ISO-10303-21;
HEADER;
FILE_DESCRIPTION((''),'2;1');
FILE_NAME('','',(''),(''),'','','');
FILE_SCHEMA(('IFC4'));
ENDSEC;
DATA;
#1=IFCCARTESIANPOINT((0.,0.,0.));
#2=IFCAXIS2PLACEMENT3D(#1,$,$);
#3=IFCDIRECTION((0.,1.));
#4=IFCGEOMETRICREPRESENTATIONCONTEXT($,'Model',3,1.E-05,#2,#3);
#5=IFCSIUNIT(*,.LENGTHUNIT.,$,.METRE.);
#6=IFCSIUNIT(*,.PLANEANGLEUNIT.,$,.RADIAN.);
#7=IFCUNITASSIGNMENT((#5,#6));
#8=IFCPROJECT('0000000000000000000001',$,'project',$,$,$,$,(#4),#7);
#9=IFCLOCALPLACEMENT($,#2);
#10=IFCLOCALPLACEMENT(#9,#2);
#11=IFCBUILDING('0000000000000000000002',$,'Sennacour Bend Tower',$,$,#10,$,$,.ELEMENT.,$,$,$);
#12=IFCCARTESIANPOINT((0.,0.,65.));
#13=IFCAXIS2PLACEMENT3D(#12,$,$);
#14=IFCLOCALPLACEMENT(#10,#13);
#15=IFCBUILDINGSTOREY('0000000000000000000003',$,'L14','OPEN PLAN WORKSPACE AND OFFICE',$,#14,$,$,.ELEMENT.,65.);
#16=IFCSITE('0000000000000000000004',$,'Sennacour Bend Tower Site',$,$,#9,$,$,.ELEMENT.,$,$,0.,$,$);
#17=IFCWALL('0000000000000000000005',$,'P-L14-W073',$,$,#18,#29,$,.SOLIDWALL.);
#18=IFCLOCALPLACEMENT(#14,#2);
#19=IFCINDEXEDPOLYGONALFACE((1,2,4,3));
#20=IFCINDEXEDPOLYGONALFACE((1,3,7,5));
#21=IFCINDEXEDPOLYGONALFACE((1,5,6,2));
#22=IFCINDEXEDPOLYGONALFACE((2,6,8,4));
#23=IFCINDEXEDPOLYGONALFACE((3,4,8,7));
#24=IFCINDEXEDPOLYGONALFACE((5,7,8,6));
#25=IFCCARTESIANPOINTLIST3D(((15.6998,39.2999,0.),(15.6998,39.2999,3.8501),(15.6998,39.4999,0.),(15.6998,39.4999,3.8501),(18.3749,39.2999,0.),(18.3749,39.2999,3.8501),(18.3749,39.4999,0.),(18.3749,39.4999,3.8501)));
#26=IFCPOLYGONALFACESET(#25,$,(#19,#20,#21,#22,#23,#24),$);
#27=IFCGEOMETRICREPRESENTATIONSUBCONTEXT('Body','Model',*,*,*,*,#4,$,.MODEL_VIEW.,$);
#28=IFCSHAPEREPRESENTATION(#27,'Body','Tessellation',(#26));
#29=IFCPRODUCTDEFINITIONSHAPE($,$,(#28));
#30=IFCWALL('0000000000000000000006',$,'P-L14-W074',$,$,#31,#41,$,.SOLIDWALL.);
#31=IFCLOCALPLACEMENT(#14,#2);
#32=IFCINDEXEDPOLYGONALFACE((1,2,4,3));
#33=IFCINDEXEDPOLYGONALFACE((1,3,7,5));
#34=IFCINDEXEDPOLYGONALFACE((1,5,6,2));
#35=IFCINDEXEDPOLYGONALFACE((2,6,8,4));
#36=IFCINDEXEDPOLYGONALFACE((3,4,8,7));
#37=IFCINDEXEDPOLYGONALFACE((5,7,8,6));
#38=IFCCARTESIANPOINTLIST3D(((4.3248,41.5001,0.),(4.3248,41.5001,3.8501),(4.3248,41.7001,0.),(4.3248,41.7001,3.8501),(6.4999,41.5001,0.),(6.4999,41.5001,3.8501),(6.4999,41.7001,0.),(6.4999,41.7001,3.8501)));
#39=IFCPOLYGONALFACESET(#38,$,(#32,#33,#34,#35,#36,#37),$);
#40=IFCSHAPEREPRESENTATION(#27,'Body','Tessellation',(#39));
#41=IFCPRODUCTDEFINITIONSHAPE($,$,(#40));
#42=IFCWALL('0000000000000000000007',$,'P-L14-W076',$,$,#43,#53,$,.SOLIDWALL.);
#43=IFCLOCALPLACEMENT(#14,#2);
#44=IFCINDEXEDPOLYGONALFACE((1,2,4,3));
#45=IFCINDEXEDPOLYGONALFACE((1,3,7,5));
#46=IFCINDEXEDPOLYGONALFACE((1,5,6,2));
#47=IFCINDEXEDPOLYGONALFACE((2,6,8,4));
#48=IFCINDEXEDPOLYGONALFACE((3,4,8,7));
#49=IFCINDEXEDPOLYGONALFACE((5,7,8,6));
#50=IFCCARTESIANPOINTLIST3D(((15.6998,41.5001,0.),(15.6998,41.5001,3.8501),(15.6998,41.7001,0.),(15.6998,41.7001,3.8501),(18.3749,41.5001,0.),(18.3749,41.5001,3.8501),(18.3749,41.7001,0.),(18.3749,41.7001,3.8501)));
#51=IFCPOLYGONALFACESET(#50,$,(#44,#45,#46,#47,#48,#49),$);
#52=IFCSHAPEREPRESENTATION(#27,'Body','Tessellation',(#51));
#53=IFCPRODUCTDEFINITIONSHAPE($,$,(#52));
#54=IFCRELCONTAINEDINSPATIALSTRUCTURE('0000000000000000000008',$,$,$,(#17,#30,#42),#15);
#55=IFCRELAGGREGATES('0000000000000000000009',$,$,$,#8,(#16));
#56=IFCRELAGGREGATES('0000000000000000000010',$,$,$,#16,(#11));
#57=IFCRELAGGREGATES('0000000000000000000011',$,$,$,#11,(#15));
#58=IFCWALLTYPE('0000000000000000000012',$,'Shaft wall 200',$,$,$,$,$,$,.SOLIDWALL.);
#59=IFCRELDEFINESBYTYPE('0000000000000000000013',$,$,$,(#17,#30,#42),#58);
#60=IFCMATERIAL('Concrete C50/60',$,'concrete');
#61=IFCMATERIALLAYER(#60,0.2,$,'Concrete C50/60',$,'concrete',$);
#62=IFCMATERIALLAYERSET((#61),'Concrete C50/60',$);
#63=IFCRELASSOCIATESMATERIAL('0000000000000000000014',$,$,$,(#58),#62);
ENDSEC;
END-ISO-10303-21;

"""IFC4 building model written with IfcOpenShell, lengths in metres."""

from ifc_helpers import new_model, si_unit, direction, frame, frame_2d, origin, place, context, subcontext, project, spatial, rectangle, extrude, material, layer, layer_set, type_object, element, save


model = new_model("IFC4")

# Units and contexts
model_context = context("Model", 3, precision=1e-05, world=origin(), true_north=direction((0.0, 1.0)))
body_context = subcontext(model_context, "Body", "Model", "MODEL_VIEW")
ifc_project = project(units=[si_unit("LENGTHUNIT", "METRE"), si_unit("PLANEANGLEUNIT", "RADIAN")], contexts=[model_context])

# Site, building, storey
site_placement = place(None, origin())
site = spatial("IfcSite", under=ifc_project, at=site_placement, Name="Sennacour Bend Tower Site", CompositionType="ELEMENT", RefElevation=0.0)
building_placement = place(site_placement, origin())
building = spatial("IfcBuilding", under=site, at=building_placement, Name="Sennacour Bend Tower", CompositionType="ELEMENT")
storey_placement = place(building_placement, frame((0.0, 0.0, 65.0)))
storey = spatial("IfcBuildingStorey", under=building, at=storey_placement, Name="L14", Description="OPEN PLAN WORKSPACE AND OFFICE", CompositionType="ELEMENT", Elevation=65.0)

# Shared definitions
ifc_material_1 = material(Name="Concrete C50/60", Category="concrete")
ifc_layer_1 = layer(ifc_material_1, 0.2, Name="Concrete C50/60", Category="concrete")
ifc_layer_set_1 = layer_set([ifc_layer_1], Name="Concrete C50/60")
wall_type_1 = type_object("IfcWallType", Name="Shaft wall 200", PredefinedType="SOLIDWALL", material=ifc_layer_set_1)

# Walls
wall_1_placement = place(storey_placement, frame((15.7, 39.3999, 0.0), z_axis=(0.0, 0.0, 1.0), x_axis=(1.0, 0.0, 0.0)))
element("IfcWall", 1, at=wall_1_placement, inside=storey, type_object=wall_type_1, Name="P-L14-W073", PredefinedType="SOLIDWALL", context=body_context, shape_type="SweptSolid", body=[
    extrude(rectangle(XDim=2.675, YDim=0.2, at=frame_2d((1.3374, 0.0))), origin(), (0.0, 0.0, 1.0), 3.8501),
])
wall_2_placement = place(storey_placement, frame((4.325, 41.6001, 0.0), z_axis=(0.0, 0.0, 1.0), x_axis=(1.0, 0.0, 0.0)))
element("IfcWall", 2, at=wall_2_placement, inside=storey, type_object=wall_type_1, Name="P-L14-W074", PredefinedType="SOLIDWALL", context=body_context, shape_type="SweptSolid", body=[
    extrude(rectangle(XDim=2.175, YDim=0.2, at=frame_2d((1.0874, 0.0))), origin(), (0.0, 0.0, 1.0), 3.8501),
])
wall_3_placement = place(storey_placement, frame((15.7, 41.6001, 0.0), z_axis=(0.0, 0.0, 1.0), x_axis=(1.0, 0.0, 0.0)))
element("IfcWall", 3, at=wall_3_placement, inside=storey, type_object=wall_type_1, Name="P-L14-W076", PredefinedType="SOLIDWALL", context=body_context, shape_type="SweptSolid", body=[
    extrude(rectangle(XDim=2.675, YDim=0.2, at=frame_2d((1.3374, 0.0))), origin(), (0.0, 0.0, 1.0), 3.8501),
])

save(model, "model.ifc")
